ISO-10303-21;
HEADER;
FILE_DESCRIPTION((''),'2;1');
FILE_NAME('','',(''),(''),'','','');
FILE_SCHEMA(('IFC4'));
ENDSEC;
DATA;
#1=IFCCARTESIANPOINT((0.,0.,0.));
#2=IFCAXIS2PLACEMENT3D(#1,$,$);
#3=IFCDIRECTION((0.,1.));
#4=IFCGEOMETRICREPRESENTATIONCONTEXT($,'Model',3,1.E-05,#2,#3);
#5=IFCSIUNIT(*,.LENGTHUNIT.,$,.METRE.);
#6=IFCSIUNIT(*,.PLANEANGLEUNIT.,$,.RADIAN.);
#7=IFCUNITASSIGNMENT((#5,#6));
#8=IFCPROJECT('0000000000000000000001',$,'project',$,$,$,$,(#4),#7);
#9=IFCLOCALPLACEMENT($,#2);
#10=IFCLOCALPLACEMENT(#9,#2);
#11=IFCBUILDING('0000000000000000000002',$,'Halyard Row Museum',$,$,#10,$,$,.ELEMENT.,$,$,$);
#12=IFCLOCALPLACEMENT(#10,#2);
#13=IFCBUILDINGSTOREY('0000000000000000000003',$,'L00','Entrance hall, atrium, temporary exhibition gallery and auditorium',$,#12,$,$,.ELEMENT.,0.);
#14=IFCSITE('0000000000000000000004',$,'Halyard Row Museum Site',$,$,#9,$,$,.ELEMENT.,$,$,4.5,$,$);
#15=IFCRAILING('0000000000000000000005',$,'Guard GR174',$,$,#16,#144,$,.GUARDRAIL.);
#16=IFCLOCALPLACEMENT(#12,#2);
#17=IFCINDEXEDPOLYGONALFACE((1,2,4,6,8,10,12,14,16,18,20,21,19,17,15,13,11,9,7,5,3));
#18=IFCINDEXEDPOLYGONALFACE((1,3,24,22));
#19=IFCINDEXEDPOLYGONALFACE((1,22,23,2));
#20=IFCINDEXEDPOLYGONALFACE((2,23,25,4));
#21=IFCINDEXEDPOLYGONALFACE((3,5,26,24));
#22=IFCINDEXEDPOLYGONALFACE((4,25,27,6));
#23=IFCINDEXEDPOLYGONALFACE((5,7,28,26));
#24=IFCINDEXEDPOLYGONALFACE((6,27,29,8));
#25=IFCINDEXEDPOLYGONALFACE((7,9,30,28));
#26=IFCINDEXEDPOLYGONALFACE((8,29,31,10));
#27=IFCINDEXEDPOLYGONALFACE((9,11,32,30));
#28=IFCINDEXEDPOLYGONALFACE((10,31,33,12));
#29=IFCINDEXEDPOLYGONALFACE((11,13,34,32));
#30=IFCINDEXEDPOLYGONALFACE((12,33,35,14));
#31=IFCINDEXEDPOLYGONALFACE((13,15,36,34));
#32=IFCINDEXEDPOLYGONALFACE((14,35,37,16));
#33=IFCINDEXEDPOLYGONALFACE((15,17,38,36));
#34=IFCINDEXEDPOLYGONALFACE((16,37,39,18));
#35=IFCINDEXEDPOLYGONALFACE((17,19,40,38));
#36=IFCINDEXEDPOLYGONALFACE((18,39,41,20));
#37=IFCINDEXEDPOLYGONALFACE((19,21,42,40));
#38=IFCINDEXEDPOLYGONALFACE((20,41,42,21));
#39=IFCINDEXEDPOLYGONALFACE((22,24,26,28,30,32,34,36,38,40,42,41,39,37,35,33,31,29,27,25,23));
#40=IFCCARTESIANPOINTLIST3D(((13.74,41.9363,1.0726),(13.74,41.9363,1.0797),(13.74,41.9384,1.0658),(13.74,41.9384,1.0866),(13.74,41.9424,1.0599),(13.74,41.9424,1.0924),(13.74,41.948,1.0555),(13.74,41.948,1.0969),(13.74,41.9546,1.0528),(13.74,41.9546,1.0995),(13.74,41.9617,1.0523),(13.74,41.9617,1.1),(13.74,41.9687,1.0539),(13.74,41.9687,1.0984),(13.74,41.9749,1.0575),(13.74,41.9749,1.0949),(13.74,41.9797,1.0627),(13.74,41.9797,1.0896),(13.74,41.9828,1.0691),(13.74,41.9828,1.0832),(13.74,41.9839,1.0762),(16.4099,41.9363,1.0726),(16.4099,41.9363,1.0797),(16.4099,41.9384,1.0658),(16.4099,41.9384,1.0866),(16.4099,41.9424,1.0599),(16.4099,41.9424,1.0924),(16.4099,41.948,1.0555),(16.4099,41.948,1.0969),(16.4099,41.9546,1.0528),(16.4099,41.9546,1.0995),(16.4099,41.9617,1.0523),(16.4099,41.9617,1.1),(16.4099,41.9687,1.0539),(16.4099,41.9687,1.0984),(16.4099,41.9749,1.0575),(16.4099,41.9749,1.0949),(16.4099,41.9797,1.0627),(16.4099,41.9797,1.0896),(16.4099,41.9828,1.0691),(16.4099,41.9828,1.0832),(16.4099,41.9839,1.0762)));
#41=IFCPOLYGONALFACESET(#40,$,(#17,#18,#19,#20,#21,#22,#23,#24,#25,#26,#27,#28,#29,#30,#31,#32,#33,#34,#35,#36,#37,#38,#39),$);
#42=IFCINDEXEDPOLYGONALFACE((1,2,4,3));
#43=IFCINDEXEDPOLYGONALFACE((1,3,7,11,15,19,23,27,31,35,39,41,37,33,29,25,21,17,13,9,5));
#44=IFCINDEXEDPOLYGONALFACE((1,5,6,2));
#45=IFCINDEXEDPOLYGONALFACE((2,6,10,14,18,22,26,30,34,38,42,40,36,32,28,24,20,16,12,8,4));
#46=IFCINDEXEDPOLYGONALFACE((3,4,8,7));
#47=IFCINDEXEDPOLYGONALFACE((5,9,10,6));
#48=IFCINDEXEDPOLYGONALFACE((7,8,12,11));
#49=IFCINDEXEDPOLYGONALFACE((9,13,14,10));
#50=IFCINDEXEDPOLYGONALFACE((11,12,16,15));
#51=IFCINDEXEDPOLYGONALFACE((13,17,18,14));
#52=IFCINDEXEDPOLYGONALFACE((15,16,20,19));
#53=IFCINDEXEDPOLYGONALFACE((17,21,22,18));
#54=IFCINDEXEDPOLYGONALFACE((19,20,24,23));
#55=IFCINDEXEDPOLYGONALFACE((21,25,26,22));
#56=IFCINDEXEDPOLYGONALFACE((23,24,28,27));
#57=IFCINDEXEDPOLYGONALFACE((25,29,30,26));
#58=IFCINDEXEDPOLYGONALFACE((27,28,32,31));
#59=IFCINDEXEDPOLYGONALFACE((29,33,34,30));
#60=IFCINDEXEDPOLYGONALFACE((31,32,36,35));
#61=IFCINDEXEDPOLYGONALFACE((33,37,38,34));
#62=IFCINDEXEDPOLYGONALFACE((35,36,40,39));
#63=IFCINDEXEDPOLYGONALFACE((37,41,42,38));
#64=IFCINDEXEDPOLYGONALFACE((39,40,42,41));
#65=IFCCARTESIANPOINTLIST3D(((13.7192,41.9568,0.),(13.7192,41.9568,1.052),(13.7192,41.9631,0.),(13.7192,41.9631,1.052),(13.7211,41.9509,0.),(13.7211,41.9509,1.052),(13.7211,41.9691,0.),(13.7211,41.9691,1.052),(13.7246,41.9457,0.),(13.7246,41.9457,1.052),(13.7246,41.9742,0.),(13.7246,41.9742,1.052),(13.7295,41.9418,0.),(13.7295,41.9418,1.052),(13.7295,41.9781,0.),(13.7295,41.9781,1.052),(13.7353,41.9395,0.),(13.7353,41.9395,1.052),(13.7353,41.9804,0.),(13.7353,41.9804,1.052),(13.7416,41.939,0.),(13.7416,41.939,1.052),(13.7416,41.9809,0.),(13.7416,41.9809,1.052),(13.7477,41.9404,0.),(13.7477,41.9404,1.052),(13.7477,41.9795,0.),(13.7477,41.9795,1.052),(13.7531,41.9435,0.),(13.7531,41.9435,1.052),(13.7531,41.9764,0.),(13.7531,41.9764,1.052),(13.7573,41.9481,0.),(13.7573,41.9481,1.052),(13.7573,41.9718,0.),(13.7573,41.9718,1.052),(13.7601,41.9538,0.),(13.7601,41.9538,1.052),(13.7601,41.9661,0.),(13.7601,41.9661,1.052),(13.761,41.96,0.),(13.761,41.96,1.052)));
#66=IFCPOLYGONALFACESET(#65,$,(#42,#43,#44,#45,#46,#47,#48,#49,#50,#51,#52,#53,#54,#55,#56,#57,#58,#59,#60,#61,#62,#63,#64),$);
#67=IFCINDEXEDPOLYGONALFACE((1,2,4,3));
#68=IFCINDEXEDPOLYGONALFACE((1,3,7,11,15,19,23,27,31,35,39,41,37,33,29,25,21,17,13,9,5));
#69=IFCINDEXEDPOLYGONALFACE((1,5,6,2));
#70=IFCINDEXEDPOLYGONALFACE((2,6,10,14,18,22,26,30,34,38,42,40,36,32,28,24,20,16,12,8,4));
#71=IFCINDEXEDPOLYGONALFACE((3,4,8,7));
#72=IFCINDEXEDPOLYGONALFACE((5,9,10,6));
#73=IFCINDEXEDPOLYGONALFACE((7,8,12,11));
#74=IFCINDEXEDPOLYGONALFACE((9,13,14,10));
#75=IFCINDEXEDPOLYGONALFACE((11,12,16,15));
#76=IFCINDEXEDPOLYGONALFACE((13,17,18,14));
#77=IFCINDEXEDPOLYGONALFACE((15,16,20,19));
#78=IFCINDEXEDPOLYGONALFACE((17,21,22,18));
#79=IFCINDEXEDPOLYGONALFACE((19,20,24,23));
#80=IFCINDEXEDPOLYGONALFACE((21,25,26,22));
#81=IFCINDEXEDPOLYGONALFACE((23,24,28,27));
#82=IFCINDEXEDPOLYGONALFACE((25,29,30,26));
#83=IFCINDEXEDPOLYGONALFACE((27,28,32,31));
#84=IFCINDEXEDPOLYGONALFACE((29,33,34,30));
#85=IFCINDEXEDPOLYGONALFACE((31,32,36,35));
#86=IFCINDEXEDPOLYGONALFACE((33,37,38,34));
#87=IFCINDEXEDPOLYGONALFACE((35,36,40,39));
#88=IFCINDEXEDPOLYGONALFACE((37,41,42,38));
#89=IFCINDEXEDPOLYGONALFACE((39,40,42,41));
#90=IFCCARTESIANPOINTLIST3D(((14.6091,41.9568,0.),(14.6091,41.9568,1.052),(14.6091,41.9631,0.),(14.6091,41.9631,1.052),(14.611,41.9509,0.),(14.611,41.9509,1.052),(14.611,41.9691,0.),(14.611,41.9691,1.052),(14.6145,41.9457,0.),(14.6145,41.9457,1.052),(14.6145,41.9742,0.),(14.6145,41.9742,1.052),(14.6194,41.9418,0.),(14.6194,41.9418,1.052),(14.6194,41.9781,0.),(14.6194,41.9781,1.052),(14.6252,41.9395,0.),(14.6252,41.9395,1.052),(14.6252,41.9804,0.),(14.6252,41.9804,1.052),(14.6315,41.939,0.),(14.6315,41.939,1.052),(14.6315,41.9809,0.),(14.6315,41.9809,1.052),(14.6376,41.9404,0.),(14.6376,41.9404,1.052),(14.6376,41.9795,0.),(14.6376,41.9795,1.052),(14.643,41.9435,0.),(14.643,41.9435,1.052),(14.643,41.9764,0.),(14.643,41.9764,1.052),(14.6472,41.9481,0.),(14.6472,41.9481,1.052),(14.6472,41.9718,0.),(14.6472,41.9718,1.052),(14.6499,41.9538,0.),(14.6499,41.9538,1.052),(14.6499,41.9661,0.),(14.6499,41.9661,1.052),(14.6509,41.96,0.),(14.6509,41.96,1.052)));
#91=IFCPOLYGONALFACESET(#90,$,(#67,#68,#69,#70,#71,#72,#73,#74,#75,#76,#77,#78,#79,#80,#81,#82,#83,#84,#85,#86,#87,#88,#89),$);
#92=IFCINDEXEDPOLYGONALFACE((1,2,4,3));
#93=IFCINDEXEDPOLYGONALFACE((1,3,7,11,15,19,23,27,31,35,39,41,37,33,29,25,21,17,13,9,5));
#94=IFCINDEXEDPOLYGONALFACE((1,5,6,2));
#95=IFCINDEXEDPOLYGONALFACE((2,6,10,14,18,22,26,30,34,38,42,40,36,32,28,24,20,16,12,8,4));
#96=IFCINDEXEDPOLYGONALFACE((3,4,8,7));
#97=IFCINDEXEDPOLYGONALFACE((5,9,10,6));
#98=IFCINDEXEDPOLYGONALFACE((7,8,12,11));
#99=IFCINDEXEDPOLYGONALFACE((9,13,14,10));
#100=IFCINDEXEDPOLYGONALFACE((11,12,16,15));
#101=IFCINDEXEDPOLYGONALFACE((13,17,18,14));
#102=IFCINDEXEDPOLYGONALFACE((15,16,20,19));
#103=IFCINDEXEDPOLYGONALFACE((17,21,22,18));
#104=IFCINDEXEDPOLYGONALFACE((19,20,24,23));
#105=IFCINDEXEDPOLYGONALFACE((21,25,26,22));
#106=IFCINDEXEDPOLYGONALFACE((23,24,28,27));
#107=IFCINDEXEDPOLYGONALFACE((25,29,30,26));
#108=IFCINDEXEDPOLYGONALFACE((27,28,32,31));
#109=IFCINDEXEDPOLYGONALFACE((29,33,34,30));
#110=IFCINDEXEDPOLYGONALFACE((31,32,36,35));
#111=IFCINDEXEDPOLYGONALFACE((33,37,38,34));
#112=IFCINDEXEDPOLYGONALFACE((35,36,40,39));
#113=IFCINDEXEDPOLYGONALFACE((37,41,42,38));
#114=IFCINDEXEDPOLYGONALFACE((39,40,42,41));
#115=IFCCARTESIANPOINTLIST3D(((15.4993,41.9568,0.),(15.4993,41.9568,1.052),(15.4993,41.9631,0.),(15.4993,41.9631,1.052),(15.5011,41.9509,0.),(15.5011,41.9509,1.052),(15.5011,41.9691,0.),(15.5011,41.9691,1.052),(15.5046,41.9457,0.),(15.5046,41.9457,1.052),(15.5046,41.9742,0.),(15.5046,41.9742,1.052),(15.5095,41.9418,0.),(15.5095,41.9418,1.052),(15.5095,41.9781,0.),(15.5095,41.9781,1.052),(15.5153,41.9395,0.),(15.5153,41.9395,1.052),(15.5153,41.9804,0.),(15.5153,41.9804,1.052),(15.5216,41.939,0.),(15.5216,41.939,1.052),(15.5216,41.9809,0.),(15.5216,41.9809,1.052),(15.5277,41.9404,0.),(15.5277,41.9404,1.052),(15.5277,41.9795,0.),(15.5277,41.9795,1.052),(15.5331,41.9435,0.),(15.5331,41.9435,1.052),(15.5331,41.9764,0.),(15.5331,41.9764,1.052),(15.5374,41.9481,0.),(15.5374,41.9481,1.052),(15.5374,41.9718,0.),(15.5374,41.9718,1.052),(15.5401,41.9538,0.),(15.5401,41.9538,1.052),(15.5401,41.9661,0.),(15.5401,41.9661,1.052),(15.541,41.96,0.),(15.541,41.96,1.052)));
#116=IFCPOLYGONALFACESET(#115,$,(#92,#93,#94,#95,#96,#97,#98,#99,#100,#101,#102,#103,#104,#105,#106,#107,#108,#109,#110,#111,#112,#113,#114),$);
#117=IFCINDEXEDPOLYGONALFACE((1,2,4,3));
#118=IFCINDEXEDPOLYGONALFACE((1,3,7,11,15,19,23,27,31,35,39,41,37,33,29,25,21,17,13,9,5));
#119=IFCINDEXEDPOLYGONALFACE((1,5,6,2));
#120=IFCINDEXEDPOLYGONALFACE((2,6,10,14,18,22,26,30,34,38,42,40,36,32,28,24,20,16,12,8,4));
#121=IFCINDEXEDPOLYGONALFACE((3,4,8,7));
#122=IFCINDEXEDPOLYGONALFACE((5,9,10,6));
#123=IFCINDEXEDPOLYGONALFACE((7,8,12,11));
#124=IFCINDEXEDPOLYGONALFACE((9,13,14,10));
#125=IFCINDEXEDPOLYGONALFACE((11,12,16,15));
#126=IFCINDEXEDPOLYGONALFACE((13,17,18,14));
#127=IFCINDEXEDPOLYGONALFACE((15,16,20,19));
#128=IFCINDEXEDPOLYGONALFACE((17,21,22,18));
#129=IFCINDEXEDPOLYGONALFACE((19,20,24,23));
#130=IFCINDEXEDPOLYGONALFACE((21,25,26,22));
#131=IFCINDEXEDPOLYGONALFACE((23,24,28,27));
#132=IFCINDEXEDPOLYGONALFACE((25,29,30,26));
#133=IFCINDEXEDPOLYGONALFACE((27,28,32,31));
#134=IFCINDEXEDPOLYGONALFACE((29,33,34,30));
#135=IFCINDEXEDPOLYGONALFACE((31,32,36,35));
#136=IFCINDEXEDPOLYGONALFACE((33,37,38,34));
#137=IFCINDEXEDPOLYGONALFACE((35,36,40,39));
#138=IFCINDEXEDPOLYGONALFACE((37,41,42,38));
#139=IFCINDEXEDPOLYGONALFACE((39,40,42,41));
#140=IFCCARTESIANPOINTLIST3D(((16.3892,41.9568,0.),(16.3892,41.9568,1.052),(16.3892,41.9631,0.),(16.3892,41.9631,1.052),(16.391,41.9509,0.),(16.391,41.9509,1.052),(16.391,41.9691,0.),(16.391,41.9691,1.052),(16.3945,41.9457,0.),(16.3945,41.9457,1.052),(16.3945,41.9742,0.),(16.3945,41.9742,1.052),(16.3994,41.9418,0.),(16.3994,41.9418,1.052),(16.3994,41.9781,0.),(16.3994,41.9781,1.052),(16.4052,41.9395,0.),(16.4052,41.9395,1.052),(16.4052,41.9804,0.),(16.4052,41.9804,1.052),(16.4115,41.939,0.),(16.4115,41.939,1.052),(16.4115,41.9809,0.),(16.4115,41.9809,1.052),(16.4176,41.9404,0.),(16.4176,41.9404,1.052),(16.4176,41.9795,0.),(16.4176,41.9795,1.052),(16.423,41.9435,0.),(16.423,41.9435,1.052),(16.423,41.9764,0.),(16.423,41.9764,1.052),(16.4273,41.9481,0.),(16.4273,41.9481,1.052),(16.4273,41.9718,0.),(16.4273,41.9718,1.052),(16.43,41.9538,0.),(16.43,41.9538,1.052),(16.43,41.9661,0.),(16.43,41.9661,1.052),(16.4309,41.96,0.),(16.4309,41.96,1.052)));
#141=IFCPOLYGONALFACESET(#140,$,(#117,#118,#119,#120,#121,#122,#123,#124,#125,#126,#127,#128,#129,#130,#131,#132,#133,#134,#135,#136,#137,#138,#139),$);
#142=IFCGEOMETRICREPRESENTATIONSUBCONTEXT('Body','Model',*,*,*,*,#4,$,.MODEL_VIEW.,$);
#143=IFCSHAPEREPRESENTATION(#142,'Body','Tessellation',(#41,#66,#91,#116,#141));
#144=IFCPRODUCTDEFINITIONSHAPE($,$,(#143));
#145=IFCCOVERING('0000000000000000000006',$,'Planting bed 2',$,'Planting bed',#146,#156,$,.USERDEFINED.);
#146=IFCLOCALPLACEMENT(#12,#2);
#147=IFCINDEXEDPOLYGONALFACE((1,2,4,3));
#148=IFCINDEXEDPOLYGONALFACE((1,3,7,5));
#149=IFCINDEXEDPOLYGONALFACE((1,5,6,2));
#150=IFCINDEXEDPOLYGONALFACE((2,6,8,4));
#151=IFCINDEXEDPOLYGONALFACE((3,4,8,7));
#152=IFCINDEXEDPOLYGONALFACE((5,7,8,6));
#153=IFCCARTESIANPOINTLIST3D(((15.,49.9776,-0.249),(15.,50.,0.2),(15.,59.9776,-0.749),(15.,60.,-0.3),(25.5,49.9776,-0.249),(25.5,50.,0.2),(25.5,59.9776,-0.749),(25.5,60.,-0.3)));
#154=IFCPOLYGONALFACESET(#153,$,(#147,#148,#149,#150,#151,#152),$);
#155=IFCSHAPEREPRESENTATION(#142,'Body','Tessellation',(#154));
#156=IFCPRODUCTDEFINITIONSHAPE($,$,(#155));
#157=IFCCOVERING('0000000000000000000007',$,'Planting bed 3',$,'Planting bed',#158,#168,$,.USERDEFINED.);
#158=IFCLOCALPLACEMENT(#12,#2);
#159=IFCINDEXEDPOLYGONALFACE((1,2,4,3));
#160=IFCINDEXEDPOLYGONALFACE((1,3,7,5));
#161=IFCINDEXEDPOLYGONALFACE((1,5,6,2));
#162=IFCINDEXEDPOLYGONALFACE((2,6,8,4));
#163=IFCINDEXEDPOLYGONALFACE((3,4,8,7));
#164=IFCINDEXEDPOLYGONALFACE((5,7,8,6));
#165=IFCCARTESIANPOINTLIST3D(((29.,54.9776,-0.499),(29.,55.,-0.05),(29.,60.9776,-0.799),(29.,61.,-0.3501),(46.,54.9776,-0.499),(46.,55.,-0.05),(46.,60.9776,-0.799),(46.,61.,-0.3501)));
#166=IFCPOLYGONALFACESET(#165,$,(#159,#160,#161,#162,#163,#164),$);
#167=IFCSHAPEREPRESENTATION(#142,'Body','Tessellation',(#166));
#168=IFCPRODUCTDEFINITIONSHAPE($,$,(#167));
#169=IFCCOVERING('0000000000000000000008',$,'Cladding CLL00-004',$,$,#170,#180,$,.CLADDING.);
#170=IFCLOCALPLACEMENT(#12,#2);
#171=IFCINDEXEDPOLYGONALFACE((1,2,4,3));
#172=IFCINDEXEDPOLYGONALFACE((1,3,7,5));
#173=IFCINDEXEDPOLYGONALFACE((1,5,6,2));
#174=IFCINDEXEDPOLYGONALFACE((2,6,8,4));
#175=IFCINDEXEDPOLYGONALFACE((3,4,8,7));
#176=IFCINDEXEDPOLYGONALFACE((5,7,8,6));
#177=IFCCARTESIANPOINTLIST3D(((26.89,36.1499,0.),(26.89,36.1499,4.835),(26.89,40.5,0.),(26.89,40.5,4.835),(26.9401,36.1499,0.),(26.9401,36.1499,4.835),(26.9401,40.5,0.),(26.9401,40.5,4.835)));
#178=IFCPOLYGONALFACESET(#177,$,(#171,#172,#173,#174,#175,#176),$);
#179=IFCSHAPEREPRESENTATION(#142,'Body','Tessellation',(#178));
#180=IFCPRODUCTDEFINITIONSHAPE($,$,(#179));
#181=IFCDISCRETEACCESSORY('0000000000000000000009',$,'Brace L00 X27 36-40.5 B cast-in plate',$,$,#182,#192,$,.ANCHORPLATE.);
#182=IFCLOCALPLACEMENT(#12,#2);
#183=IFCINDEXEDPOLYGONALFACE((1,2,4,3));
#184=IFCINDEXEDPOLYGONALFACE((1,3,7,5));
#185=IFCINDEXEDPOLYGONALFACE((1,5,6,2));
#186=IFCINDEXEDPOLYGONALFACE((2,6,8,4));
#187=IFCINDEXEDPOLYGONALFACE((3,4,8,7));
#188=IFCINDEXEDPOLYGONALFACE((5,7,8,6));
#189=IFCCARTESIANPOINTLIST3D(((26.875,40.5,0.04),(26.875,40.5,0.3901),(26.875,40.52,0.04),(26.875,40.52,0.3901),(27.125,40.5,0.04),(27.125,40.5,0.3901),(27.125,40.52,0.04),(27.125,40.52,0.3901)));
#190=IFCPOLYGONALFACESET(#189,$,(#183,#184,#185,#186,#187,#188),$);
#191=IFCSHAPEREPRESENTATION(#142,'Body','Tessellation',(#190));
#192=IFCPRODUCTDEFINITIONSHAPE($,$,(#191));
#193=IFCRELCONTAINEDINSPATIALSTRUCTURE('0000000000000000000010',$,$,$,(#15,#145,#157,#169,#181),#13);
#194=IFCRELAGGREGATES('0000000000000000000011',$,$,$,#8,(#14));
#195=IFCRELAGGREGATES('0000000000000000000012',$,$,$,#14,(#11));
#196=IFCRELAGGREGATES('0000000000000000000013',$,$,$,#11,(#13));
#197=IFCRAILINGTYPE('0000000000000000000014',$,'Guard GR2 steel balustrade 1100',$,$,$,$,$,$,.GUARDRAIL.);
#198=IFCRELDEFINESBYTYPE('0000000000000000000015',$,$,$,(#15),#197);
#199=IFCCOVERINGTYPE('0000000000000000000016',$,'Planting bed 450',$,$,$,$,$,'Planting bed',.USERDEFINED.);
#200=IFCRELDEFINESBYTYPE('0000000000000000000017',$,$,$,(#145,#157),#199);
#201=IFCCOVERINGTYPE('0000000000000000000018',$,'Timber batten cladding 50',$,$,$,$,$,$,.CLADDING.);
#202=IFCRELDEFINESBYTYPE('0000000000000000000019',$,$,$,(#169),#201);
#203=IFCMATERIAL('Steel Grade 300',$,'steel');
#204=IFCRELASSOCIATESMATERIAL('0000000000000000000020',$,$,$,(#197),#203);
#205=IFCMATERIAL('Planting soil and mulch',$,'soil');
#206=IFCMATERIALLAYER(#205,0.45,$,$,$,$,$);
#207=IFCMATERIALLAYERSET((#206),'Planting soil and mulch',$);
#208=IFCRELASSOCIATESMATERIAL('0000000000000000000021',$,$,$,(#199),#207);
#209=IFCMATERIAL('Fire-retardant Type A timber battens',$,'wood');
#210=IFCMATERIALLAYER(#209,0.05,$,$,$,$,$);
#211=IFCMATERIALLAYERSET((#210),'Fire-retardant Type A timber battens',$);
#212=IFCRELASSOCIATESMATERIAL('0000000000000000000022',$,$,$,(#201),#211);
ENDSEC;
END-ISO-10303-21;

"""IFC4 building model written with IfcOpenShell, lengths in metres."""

from ifc_helpers import new_model, si_unit, direction, frame, frame_2d, origin, origin_2d, place, context, subcontext, project, spatial, polyline, rectangle, circle, outline, extrude, material, layer, layer_set, type_object, element, save


model = new_model("IFC4")

# Units and contexts
model_context = context("Model", 3, precision=1e-05, world=origin(), true_north=direction((0.0, 1.0)))
body_context = subcontext(model_context, "Body", "Model", "MODEL_VIEW")
ifc_project = project(units=[si_unit("LENGTHUNIT", "METRE"), si_unit("PLANEANGLEUNIT", "RADIAN")], contexts=[model_context])

# Site, building, storey
site_placement = place(None, origin())
site = spatial("IfcSite", under=ifc_project, at=site_placement, Name="Halyard Row Museum Site", CompositionType="ELEMENT", RefElevation=4.5)
building_placement = place(site_placement, origin())
building = spatial("IfcBuilding", under=site, at=building_placement, Name="Halyard Row Museum", CompositionType="ELEMENT")
storey_placement = place(building_placement, origin())
storey = spatial("IfcBuildingStorey", under=building, at=storey_placement, Name="L00", Description="Entrance hall, atrium, temporary exhibition gallery and auditorium", CompositionType="ELEMENT", Elevation=0.0)

# Railing
ifc_material_1 = material(Name="Steel Grade 300", Category="steel")
railing_type_1 = type_object("IfcRailingType", Name="Guard GR2 steel balustrade 1100", PredefinedType="GUARDRAIL", material=ifc_material_1)
railing_1_placement = place(storey_placement, frame((13.74, 41.96, 0.0)))
element("IfcRailing", 1, at=railing_1_placement, inside=storey, type_object=railing_type_1, Name="Guard GR174", PredefinedType="GUARDRAIL", context=body_context, shape_type="SweptSolid", body=[
    extrude(circle(Radius=0.0239, at=origin_2d()), frame((0.0, 0.0, 1.0762), z_axis=(1.0, 0.0, 0.0), x_axis=(0.0, 1.0, 0.0)), (0.0, 0.0, 1.0), 2.6699),
    extrude(circle(Radius=0.021, at=origin_2d()), origin(), (0.0, 0.0, 1.0), 1.052),
    extrude(circle(Radius=0.021, at=origin_2d()), frame((0.8899, 0.0, 0.0)), (0.0, 0.0, 1.0), 1.052),
    extrude(circle(Radius=0.021, at=origin_2d()), frame((1.78, 0.0, 0.0)), (0.0, 0.0, 1.0), 1.052),
    extrude(circle(Radius=0.021, at=origin_2d()), frame((2.6699, 0.0, 0.0)), (0.0, 0.0, 1.0), 1.052),
])

# Coverings
ifc_material_2 = material(Name="Planting soil and mulch", Category="soil")
ifc_layer_1 = layer(ifc_material_2, 0.45)
ifc_layer_set_1 = layer_set([ifc_layer_1], Name="Planting soil and mulch")
covering_type_1 = type_object("IfcCoveringType", Name="Planting bed 450", ElementType="Planting bed", PredefinedType="USERDEFINED", material=ifc_layer_set_1)
covering_1_placement = place(storey_placement, frame((15.0, 50.0, 0.2), z_axis=(0.0, 0.049938, 0.998752), x_axis=(1.0, 0.0, 0.0)))
element("IfcCovering", 2, at=covering_1_placement, inside=storey, type_object=covering_type_1, Name="Planting bed 2", ObjectType="Planting bed", PredefinedType="USERDEFINED", context=body_context, shape_type="SweptSolid", body=[
    extrude(outline(polyline([(0.0, 0.0), (10.5, 0.0), (10.5, 10.0125), (0.0, 10.0125), (0.0, 0.0)])), origin(), (0.0, 0.0, -1.0), 0.4495),
])
covering_2_placement = place(storey_placement, frame((29.0, 55.0, -0.05), z_axis=(0.0, 0.049946, 0.998752), x_axis=(1.0, 0.0, 0.0)))
element("IfcCovering", 3, at=covering_2_placement, inside=storey, type_object=covering_type_1, Name="Planting bed 3", ObjectType="Planting bed", PredefinedType="USERDEFINED", context=body_context, shape_type="SweptSolid", body=[
    extrude(outline(polyline([(0.0, 0.0), (17.0, 0.0), (17.0, 6.0075), (0.0, 6.0075), (0.0, 0.0)])), origin(), (0.0, 0.0, -1.0), 0.4495),
])
ifc_material_3 = material(Name="Fire-retardant Type A timber battens", Category="wood")
ifc_layer_2 = layer(ifc_material_3, 0.05)
ifc_layer_set_2 = layer_set([ifc_layer_2], Name="Fire-retardant Type A timber battens")
covering_type_2 = type_object("IfcCoveringType", Name="Timber batten cladding 50", PredefinedType="CLADDING", material=ifc_layer_set_2)
covering_3_placement = place(storey_placement, frame((26.915, 40.5, 0.0), z_axis=(0.0, 0.0, 1.0), x_axis=(0.0, -1.0, 0.0)))
element("IfcCovering", 4, at=covering_3_placement, inside=storey, type_object=covering_type_2, Name="Cladding CLL00-004", PredefinedType="CLADDING", context=body_context, shape_type="SweptSolid", body=[
    extrude(rectangle(XDim=4.3501, YDim=0.05, at=frame_2d((2.175, 0.0))), origin(), (0.0, 0.0, 1.0), 4.835),
])

# Discrete accessory
discrete_accessory_placement = place(storey_placement, frame((27.0, 40.5, 0.2151), z_axis=(0.0, 1.0, 0.0), x_axis=(-1.0, 0.0, 0.0)))
element("IfcDiscreteAccessory", 5, at=discrete_accessory_placement, inside=storey, Name="Brace L00 X27 36-40.5 B cast-in plate", PredefinedType="ANCHORPLATE", context=body_context, shape_type="SweptSolid", body=[
    extrude(rectangle(XDim=0.25, YDim=0.3501, at=origin_2d()), origin(), (0.0, 0.0, 1.0), 0.02),
])

save(model, "model.ifc")
